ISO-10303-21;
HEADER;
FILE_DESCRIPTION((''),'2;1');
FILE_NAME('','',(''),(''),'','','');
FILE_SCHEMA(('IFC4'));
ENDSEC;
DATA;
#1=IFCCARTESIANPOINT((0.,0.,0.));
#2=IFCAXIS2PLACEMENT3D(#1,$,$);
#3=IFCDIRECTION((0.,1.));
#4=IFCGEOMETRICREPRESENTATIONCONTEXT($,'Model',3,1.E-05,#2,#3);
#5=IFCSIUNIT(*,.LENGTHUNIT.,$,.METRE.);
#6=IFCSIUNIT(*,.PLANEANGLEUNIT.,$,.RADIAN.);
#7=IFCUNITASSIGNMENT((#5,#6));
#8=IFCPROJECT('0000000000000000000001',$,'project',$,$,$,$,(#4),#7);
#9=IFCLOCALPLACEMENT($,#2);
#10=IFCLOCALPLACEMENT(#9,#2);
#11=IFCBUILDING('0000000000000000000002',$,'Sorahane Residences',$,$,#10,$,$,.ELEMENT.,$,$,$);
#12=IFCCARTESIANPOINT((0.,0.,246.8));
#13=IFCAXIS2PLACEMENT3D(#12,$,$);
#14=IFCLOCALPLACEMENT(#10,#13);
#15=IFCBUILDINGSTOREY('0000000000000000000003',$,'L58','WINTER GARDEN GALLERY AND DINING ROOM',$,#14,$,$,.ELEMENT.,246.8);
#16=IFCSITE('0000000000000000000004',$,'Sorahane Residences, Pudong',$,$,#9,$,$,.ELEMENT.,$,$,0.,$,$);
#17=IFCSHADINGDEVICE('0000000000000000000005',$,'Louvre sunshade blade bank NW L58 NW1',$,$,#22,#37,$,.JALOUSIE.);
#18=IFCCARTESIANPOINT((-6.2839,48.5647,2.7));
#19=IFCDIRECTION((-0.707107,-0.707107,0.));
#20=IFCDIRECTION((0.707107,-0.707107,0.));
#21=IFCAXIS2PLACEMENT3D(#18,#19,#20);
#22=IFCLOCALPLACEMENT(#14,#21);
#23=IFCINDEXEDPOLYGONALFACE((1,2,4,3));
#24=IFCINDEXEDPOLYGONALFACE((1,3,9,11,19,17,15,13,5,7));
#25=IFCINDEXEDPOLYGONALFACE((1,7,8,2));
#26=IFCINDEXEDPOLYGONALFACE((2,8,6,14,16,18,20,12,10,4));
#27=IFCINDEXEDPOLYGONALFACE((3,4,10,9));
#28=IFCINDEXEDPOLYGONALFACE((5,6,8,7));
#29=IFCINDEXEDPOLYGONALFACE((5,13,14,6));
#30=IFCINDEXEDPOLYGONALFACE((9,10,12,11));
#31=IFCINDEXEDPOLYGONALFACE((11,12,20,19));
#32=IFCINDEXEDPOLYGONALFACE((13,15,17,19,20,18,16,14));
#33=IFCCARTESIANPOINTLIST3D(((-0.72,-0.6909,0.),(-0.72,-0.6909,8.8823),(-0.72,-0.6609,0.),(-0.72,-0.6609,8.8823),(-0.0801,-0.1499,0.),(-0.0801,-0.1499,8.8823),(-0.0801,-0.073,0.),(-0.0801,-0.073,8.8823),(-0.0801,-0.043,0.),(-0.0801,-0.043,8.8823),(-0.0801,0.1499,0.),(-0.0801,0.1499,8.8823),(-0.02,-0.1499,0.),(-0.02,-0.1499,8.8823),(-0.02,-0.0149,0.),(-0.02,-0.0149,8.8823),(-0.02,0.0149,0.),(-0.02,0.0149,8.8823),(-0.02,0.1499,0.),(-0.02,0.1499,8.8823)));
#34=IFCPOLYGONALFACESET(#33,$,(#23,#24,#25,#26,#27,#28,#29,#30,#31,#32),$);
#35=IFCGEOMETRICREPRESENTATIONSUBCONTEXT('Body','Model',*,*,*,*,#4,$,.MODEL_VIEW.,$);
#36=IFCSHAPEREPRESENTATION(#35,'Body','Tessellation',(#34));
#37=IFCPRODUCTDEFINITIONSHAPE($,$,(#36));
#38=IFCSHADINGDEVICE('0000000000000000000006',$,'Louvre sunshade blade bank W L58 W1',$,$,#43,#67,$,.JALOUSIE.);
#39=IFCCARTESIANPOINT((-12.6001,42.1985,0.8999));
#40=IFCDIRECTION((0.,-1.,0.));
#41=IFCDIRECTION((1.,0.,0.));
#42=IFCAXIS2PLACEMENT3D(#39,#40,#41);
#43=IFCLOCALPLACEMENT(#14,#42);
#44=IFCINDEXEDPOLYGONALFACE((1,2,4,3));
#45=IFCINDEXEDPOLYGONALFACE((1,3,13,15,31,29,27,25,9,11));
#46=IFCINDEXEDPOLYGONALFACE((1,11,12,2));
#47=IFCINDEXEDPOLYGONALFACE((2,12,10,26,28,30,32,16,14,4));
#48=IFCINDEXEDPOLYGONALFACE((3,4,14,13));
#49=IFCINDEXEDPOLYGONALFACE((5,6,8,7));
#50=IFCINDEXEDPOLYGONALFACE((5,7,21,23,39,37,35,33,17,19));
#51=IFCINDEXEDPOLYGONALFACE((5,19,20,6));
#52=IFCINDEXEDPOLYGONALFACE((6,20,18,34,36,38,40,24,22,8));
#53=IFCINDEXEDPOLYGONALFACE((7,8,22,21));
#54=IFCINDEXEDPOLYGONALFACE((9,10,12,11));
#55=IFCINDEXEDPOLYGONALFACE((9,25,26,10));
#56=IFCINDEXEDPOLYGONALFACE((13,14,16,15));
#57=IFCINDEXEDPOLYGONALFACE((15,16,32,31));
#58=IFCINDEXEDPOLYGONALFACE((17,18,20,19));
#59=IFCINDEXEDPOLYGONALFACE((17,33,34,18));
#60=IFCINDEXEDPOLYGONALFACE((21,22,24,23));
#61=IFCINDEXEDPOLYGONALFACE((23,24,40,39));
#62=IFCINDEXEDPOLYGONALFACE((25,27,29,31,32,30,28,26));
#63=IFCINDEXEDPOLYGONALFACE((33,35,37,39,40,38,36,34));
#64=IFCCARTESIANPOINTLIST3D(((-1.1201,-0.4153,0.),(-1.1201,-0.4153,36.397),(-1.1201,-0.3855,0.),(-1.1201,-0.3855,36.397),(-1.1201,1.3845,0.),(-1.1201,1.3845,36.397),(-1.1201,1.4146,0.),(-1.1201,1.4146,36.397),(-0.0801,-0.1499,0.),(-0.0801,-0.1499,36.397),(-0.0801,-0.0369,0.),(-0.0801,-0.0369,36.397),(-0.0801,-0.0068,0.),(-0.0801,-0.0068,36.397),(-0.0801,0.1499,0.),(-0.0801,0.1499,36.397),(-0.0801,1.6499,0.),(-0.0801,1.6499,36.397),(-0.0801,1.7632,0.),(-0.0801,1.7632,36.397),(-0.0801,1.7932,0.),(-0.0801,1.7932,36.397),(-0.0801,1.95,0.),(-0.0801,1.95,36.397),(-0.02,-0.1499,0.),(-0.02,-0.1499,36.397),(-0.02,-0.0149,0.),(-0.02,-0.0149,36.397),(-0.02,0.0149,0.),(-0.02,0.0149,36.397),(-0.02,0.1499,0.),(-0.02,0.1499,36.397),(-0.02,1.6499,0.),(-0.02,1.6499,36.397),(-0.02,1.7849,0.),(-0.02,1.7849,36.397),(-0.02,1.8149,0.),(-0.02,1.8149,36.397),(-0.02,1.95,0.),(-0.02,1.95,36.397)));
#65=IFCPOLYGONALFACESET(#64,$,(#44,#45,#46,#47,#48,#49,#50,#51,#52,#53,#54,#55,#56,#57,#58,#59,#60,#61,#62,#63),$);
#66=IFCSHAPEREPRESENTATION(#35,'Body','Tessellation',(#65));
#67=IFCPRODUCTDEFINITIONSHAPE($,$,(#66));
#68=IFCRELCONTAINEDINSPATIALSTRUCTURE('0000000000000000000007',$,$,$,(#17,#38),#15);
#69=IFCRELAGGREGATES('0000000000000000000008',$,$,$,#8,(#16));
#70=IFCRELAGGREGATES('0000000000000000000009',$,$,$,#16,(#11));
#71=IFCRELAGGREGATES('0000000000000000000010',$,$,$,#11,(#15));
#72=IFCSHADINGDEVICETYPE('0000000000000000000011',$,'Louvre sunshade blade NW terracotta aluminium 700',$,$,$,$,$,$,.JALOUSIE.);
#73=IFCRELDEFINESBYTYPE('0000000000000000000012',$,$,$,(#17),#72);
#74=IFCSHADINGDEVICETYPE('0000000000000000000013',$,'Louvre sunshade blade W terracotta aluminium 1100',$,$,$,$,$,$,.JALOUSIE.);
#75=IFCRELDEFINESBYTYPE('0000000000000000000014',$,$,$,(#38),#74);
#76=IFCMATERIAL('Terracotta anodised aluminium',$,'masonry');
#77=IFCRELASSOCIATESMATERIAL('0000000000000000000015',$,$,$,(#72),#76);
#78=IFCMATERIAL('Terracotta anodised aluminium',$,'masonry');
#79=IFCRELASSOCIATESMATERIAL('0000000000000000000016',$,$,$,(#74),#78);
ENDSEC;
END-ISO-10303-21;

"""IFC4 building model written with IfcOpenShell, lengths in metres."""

from ifc_helpers import new_model, si_unit, direction, frame, origin, place, context, subcontext, project, spatial, polyline, outline, composite_profile, extrude, material, type_object, element, save


model = new_model("IFC4")

# Units and contexts
model_context = context("Model", 3, precision=1e-05, world=origin(), true_north=direction((0.0, 1.0)))
body_context = subcontext(model_context, "Body", "Model", "MODEL_VIEW")
ifc_project = project(units=[si_unit("LENGTHUNIT", "METRE"), si_unit("PLANEANGLEUNIT", "RADIAN")], contexts=[model_context])

# Site, building, storey
site_placement = place(None, origin())
site = spatial("IfcSite", under=ifc_project, at=site_placement, Name="Sorahane Residences, Pudong", CompositionType="ELEMENT", RefElevation=0.0)
building_placement = place(site_placement, origin())
building = spatial("IfcBuilding", under=site, at=building_placement, Name="Sorahane Residences", CompositionType="ELEMENT")
storey_placement = place(building_placement, frame((0.0, 0.0, 246.8)))
storey = spatial("IfcBuildingStorey", under=building, at=storey_placement, Name="L58", Description="WINTER GARDEN GALLERY AND DINING ROOM", CompositionType="ELEMENT", Elevation=246.8)

# Shading devices
ifc_material_1 = material(Name="Terracotta anodised aluminium", Category="masonry")
shading_device_type_1 = type_object("IfcShadingDeviceType", Name="Louvre sunshade blade NW terracotta aluminium 700", PredefinedType="JALOUSIE", material=ifc_material_1)
shading_device_1_placement = place(storey_placement, frame((-6.2839, 48.5647, 2.7), z_axis=(-0.707107, -0.707107, 0.0), x_axis=(0.707107, -0.707107, 0.0)))
element("IfcShadingDevice", 1, at=shading_device_1_placement, inside=storey, type_object=shading_device_type_1, Name="Louvre sunshade blade bank NW L58 NW1", PredefinedType="JALOUSIE", context=body_context, shape_type="SweptSolid", body=[
    extrude(outline(polyline([(-0.72, -0.6609), (-0.72, -0.6909), (-0.0801, -0.073), (-0.0801, -0.1499), (-0.02, -0.1499), (-0.02, -0.0149), (-0.02, 0.0149), (-0.02, 0.1499), (-0.0801, 0.1499), (-0.0801, -0.043), (-0.72, -0.6609)])), origin(), (0.0, 0.0, 1.0), 8.8823),
])
ifc_material_2 = material(Name="Terracotta anodised aluminium", Category="masonry")
shading_device_type_2 = type_object("IfcShadingDeviceType", Name="Louvre sunshade blade W terracotta aluminium 1100", PredefinedType="JALOUSIE", material=ifc_material_2)
shading_device_2_placement = place(storey_placement, frame((-12.6001, 42.1985, 0.8999), z_axis=(0.0, -1.0, 0.0), x_axis=(1.0, 0.0, 0.0)))
element("IfcShadingDevice", 2, at=shading_device_2_placement, inside=storey, type_object=shading_device_type_2, Name="Louvre sunshade blade bank W L58 W1", PredefinedType="JALOUSIE", context=body_context, shape_type="SweptSolid", body=[
    extrude(composite_profile([outline(polyline([(-1.1201, -0.3855), (-1.1201, -0.4153), (-0.0801, -0.0369), (-0.0801, -0.1499), (-0.02, -0.1499), (-0.02, -0.0149), (-0.02, 0.0149), (-0.02, 0.1499), (-0.0801, 0.1499), (-0.0801, -0.0068), (-1.1201, -0.3855)])), outline(polyline([(-1.1201, 1.4146), (-1.1201, 1.3845), (-0.0801, 1.7632), (-0.0801, 1.6499), (-0.02, 1.6499), (-0.02, 1.7849), (-0.02, 1.8149), (-0.02, 1.95), (-0.0801, 1.95), (-0.0801, 1.7932), (-1.1201, 1.4146)]))]), origin(), (0.0, 0.0, 1.0), 36.397),
])

save(model, "model.ifc")
